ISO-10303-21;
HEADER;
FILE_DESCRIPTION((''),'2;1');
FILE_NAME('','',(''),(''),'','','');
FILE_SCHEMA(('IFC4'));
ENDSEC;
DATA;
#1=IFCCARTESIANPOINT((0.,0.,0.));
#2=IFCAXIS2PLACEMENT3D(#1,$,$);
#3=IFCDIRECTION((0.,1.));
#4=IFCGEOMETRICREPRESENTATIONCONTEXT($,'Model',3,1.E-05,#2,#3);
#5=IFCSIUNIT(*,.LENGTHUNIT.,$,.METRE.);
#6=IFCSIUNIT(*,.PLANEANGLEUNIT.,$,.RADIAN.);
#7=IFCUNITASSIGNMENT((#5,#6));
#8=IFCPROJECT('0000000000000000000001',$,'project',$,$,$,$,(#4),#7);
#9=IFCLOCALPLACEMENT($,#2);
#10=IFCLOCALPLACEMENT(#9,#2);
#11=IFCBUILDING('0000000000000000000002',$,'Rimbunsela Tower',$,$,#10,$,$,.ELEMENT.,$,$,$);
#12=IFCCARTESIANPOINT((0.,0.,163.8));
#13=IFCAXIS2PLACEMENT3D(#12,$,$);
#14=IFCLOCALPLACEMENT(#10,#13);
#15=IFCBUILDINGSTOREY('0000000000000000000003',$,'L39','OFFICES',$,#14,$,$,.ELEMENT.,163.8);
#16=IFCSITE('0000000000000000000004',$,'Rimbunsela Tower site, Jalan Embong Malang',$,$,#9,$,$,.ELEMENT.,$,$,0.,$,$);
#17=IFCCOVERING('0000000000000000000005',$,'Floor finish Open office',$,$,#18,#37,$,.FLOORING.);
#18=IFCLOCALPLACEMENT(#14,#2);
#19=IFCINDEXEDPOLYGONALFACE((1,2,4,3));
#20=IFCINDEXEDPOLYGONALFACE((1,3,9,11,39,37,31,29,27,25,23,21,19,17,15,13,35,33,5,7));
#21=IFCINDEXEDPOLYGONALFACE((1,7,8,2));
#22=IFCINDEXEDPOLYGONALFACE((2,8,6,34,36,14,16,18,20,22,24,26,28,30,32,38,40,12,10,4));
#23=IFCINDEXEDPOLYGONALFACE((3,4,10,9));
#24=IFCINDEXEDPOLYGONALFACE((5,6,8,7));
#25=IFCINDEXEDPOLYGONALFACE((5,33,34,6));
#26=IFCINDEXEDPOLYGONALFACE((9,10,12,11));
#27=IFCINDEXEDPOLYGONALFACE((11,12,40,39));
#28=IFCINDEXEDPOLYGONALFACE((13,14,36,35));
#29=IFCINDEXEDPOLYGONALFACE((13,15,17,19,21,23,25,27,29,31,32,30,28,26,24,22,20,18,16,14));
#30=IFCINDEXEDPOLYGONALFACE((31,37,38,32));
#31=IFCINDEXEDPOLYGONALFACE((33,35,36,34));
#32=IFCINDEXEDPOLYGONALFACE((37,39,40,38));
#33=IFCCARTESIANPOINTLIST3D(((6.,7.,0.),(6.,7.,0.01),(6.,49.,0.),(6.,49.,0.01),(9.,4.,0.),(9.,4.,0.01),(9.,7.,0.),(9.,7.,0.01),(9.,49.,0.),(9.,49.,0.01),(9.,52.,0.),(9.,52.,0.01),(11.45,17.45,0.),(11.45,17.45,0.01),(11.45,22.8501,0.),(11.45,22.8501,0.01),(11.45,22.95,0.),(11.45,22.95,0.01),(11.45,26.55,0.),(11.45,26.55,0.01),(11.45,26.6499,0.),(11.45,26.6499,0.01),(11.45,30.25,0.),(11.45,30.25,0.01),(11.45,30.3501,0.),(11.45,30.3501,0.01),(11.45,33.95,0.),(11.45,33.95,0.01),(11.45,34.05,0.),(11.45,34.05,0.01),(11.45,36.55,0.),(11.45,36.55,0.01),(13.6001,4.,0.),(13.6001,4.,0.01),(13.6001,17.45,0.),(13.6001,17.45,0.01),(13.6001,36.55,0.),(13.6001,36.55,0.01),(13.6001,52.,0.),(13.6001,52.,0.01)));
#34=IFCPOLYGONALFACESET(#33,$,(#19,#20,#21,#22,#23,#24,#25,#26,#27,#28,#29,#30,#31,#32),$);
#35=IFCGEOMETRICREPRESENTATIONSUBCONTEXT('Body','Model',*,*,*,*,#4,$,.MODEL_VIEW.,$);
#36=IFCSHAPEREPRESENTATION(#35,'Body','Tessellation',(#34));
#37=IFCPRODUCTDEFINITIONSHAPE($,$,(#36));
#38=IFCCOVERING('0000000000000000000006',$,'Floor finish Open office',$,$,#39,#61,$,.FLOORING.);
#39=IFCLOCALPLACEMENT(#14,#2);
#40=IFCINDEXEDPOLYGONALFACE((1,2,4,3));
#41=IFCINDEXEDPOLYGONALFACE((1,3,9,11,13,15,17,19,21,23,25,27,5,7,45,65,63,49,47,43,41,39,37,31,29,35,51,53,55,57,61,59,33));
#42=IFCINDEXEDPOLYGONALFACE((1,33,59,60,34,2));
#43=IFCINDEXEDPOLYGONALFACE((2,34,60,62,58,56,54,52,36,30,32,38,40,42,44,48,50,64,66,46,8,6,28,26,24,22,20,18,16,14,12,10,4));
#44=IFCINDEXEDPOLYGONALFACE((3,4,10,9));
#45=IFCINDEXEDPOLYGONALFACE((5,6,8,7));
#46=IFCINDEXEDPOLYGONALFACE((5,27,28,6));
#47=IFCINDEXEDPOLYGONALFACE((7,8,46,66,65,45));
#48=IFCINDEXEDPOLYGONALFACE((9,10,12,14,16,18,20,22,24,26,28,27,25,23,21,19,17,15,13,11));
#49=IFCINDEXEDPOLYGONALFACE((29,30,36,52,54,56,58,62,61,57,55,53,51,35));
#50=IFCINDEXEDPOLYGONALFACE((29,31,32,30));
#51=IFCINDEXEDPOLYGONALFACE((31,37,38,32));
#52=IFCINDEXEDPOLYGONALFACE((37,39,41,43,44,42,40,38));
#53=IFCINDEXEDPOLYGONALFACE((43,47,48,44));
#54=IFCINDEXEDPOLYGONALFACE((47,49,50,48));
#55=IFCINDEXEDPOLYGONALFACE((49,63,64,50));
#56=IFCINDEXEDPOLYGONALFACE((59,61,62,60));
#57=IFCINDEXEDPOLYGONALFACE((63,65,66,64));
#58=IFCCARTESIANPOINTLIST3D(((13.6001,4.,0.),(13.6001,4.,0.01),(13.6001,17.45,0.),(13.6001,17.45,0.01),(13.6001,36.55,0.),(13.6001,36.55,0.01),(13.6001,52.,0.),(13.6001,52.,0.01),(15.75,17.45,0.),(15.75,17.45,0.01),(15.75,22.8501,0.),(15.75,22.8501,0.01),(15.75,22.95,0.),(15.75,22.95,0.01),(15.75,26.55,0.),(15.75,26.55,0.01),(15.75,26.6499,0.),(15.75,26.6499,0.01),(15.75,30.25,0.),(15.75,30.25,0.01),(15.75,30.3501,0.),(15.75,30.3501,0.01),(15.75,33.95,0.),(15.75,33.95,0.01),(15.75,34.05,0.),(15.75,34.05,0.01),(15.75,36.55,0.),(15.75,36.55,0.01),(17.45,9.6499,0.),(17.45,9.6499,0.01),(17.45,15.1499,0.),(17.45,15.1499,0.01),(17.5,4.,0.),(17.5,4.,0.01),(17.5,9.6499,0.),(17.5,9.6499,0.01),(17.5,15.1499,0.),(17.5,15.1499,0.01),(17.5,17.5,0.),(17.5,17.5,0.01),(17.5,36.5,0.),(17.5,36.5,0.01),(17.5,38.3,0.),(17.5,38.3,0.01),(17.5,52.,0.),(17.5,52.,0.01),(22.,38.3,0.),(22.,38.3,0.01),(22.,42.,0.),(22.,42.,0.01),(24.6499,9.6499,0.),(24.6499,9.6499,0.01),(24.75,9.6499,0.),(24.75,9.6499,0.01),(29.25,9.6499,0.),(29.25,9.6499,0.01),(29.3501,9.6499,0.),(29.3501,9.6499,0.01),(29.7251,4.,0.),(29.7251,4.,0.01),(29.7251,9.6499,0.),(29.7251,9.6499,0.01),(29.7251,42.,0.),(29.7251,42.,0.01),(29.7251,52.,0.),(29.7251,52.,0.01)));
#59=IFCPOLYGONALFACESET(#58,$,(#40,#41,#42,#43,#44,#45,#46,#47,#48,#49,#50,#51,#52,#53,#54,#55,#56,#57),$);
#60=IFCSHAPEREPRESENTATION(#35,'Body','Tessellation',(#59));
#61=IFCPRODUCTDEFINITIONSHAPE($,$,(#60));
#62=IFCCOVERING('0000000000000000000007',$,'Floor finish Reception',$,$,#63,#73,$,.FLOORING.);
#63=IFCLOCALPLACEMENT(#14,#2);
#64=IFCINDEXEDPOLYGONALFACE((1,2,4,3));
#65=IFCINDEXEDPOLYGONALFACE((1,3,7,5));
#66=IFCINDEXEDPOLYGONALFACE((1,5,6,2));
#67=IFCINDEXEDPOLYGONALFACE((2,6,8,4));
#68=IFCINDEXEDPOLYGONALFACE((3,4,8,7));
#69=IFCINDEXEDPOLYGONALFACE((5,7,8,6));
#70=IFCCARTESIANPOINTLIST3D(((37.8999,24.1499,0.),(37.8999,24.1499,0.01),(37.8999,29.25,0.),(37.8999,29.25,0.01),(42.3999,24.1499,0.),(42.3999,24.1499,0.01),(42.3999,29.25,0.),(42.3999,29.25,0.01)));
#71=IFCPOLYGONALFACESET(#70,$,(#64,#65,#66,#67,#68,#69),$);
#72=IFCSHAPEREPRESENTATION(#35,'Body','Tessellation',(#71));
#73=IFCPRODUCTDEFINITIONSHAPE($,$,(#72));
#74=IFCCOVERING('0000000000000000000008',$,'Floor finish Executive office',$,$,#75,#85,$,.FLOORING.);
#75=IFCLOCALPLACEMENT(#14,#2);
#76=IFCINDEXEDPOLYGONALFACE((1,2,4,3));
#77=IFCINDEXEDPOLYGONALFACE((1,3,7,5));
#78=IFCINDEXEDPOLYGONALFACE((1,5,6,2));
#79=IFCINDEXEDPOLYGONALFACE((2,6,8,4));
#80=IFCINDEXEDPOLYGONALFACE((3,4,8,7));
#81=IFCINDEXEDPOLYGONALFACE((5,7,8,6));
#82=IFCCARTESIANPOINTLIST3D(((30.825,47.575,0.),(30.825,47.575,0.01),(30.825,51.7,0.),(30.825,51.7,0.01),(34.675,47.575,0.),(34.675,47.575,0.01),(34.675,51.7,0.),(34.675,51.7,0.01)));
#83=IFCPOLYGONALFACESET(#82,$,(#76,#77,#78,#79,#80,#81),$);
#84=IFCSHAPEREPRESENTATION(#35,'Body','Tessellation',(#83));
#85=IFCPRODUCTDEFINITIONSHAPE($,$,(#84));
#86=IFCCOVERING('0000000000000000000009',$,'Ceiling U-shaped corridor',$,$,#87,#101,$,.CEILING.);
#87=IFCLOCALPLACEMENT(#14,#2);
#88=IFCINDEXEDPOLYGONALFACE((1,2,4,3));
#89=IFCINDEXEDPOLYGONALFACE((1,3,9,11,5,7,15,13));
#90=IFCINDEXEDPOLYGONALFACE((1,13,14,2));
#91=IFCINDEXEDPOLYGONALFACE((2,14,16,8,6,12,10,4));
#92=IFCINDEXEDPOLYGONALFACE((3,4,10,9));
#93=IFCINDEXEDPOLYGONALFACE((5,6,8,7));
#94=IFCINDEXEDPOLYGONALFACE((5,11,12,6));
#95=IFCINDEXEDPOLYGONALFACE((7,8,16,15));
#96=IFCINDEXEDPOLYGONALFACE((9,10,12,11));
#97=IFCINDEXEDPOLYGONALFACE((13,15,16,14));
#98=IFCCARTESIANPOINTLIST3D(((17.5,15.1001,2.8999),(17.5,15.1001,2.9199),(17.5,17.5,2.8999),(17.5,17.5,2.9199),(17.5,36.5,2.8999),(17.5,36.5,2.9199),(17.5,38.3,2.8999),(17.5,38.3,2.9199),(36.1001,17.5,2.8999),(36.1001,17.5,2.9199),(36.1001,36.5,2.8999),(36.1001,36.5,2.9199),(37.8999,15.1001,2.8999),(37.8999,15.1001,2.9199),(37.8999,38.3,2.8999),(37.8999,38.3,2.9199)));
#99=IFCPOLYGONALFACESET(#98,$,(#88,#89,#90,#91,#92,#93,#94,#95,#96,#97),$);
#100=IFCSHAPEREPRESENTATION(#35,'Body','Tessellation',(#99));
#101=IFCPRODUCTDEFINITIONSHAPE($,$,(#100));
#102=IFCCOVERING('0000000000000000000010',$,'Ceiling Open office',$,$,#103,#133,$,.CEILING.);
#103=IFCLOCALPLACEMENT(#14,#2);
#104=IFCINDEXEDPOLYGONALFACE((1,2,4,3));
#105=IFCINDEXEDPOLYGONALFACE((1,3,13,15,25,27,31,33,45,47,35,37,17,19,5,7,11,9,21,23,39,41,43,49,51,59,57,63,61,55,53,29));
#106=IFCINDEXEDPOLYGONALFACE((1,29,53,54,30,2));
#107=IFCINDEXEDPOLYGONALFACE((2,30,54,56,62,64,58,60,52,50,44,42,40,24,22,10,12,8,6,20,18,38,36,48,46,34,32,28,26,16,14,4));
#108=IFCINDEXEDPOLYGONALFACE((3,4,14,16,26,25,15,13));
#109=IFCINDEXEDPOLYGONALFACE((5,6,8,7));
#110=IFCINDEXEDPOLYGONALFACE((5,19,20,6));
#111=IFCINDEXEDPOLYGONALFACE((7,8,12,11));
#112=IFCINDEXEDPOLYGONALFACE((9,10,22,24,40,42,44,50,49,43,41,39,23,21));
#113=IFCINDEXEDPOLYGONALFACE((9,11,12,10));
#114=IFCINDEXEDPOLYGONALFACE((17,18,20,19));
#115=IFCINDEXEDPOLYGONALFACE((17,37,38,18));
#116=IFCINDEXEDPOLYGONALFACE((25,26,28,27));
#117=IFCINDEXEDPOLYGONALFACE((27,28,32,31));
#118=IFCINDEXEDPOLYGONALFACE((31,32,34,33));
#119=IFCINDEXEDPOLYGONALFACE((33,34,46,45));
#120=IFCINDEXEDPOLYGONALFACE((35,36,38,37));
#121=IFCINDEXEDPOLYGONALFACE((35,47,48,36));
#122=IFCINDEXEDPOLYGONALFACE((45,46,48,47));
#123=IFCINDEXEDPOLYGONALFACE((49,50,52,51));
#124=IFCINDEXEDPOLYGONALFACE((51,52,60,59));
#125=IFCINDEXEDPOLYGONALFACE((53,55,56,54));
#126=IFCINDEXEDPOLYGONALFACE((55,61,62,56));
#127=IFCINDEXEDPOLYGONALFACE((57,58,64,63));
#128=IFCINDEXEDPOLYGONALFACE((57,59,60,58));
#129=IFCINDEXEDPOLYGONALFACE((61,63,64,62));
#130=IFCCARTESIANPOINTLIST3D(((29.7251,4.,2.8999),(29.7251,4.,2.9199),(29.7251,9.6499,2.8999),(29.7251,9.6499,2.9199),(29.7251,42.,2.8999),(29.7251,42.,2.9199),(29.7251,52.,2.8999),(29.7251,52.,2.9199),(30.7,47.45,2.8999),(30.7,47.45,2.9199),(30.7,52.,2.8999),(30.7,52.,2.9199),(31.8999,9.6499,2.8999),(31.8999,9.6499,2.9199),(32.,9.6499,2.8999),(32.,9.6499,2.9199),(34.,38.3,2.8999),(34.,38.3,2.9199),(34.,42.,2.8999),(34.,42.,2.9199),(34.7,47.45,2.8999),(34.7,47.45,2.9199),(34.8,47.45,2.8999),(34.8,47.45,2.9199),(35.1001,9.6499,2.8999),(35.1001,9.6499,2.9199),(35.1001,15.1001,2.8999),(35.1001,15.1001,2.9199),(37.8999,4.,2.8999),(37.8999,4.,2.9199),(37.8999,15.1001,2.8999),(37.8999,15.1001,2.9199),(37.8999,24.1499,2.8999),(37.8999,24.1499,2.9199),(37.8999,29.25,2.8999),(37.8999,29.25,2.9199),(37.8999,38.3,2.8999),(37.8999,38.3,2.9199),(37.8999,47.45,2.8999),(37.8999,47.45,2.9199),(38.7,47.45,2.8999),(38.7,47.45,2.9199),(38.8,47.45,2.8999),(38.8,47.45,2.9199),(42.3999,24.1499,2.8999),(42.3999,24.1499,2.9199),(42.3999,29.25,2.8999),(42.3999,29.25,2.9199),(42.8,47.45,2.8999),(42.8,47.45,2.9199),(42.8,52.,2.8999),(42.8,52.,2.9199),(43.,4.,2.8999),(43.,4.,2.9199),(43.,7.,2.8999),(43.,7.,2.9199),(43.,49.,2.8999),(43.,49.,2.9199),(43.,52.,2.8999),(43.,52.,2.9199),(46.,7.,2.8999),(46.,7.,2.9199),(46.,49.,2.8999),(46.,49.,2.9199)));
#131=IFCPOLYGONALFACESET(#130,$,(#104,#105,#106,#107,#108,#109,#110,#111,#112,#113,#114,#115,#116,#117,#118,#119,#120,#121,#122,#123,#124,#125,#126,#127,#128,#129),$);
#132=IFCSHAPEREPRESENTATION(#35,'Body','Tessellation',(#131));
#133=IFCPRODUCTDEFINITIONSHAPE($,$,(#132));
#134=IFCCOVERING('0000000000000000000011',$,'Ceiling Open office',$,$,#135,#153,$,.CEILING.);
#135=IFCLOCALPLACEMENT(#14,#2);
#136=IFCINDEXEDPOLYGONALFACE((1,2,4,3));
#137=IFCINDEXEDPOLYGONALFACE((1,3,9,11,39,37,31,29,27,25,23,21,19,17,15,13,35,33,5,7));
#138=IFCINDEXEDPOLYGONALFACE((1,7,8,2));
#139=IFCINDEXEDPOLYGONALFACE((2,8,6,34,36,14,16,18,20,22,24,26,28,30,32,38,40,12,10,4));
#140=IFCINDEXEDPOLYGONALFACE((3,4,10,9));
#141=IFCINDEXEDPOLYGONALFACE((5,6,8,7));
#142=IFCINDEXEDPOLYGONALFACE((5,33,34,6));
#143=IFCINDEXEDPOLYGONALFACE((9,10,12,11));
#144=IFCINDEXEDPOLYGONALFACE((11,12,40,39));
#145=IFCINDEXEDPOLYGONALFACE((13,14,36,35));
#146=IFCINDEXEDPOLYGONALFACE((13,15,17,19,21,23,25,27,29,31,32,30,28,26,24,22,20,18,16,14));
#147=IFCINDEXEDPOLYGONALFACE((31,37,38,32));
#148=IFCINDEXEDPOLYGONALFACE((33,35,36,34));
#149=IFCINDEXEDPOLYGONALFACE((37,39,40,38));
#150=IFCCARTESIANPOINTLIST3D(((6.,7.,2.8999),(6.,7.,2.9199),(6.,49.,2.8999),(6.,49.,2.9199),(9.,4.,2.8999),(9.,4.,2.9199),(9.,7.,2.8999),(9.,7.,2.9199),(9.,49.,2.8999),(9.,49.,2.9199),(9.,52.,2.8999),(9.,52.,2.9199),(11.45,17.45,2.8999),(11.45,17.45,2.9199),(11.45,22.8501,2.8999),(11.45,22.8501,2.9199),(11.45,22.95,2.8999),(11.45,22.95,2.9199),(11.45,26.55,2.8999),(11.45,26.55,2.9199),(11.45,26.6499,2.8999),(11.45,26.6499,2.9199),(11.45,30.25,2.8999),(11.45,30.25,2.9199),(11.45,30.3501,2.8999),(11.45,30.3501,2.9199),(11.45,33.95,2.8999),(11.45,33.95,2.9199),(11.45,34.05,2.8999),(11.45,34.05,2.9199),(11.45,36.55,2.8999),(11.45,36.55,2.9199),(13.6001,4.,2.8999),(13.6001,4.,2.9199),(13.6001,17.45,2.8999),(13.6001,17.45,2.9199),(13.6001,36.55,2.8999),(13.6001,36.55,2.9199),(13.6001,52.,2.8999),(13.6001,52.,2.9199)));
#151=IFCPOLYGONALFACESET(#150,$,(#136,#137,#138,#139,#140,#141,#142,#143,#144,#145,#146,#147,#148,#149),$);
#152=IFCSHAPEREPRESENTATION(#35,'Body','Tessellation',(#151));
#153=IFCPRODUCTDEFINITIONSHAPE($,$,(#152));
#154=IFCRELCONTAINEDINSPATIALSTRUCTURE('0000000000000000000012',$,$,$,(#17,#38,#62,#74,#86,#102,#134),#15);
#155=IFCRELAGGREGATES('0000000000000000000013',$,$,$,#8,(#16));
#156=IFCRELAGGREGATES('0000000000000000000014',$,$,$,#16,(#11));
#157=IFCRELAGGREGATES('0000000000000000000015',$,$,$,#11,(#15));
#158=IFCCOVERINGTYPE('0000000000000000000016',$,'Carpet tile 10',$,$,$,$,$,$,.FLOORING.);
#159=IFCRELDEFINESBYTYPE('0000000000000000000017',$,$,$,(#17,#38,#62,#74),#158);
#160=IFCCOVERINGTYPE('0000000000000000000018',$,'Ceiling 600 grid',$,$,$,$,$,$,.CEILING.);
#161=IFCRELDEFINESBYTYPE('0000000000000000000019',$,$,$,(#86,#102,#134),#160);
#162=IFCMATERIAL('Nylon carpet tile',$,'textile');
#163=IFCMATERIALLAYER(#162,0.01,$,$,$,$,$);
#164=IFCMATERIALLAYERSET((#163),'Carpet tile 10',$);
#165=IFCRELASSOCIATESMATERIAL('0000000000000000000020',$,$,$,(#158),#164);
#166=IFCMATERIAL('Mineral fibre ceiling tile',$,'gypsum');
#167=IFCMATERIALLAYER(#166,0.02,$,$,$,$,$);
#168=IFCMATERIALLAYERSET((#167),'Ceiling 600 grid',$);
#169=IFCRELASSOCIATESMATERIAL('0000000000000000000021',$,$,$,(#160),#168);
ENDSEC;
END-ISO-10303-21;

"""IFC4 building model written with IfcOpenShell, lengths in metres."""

from ifc_helpers import new_model, si_unit, direction, frame, origin, place, context, subcontext, project, spatial, polyline, outline, extrude, material, layer, layer_set, type_object, element, save


model = new_model("IFC4")

# Units and contexts
model_context = context("Model", 3, precision=1e-05, world=origin(), true_north=direction((0.0, 1.0)))
body_context = subcontext(model_context, "Body", "Model", "MODEL_VIEW")
ifc_project = project(units=[si_unit("LENGTHUNIT", "METRE"), si_unit("PLANEANGLEUNIT", "RADIAN")], contexts=[model_context])

# Site, building, storey
site_placement = place(None, origin())
site = spatial("IfcSite", under=ifc_project, at=site_placement, Name="Rimbunsela Tower site, Jalan Embong Malang", CompositionType="ELEMENT", RefElevation=0.0)
building_placement = place(site_placement, origin())
building = spatial("IfcBuilding", under=site, at=building_placement, Name="Rimbunsela Tower", CompositionType="ELEMENT")
storey_placement = place(building_placement, frame((0.0, 0.0, 163.8)))
storey = spatial("IfcBuildingStorey", under=building, at=storey_placement, Name="L39", Description="OFFICES", CompositionType="ELEMENT", Elevation=163.8)

# Coverings
ifc_material_1 = material(Name="Nylon carpet tile", Category="textile")
ifc_layer_1 = layer(ifc_material_1, 0.01)
ifc_layer_set_1 = layer_set([ifc_layer_1], Name="Carpet tile 10")
covering_type_1 = type_object("IfcCoveringType", Name="Carpet tile 10", PredefinedType="FLOORING", material=ifc_layer_set_1)
covering_1_placement = place(storey_placement, origin())
element("IfcCovering", 1, at=covering_1_placement, inside=storey, type_object=covering_type_1, Name="Floor finish Open office", PredefinedType="FLOORING", context=body_context, shape_type="SweptSolid", body=[
    extrude(outline(polyline([(13.6001, 4.0), (9.0, 4.0), (9.0, 7.0), (6.0, 7.0), (6.0, 49.0), (9.0, 49.0), (9.0, 52.0), (13.6001, 52.0), (13.6001, 36.55), (11.45, 36.55), (11.45, 34.05), (11.45, 33.95), (11.45, 30.3501), (11.45, 30.25), (11.45, 26.6499), (11.45, 26.55), (11.45, 22.95), (11.45, 22.8501), (11.45, 17.45), (13.6001, 17.45), (13.6001, 4.0)])), origin(), (0.0, 0.0, 1.0), 0.01),
])
covering_2_placement = place(storey_placement, origin())
element("IfcCovering", 2, at=covering_2_placement, inside=storey, type_object=covering_type_1, Name="Floor finish Open office", PredefinedType="FLOORING", context=body_context, shape_type="SweptSolid", body=[
    extrude(outline(polyline([(17.5, 4.0), (13.6001, 4.0), (13.6001, 17.45), (15.75, 17.45), (15.75, 22.8501), (15.75, 22.95), (15.75, 26.55), (15.75, 26.6499), (15.75, 30.25), (15.75, 30.3501), (15.75, 33.95), (15.75, 34.05), (15.75, 36.55), (13.6001, 36.55), (13.6001, 52.0), (17.5, 52.0), (29.7251, 52.0), (29.7251, 42.0), (22.0, 42.0), (22.0, 38.3), (17.5, 38.3), (17.5, 36.5), (17.5, 17.5), (17.5, 15.1499), (17.45, 15.1499), (17.45, 9.6499), (17.5, 9.6499), (24.6499, 9.6499), (24.75, 9.6499), (29.25, 9.6499), (29.3501, 9.6499), (29.7251, 9.6499), (29.7251, 4.0), (17.5, 4.0)])), origin(), (0.0, 0.0, 1.0), 0.01),
])
covering_3_placement = place(storey_placement, origin())
element("IfcCovering", 3, at=covering_3_placement, inside=storey, type_object=covering_type_1, Name="Floor finish Reception", PredefinedType="FLOORING", context=body_context, shape_type="SweptSolid", body=[
    extrude(outline(polyline([(42.3999, 24.1499), (42.3999, 29.25), (37.8999, 29.25), (37.8999, 24.1499), (42.3999, 24.1499)])), origin(), (0.0, 0.0, 1.0), 0.01),
])
covering_4_placement = place(storey_placement, origin())
element("IfcCovering", 4, at=covering_4_placement, inside=storey, type_object=covering_type_1, Name="Floor finish Executive office", PredefinedType="FLOORING", context=body_context, shape_type="SweptSolid", body=[
    extrude(outline(polyline([(34.675, 47.575), (34.675, 51.7), (30.825, 51.7), (30.825, 47.575), (34.675, 47.575)])), origin(), (0.0, 0.0, 1.0), 0.01),
])
ifc_material_2 = material(Name="Mineral fibre ceiling tile", Category="gypsum")
ifc_layer_2 = layer(ifc_material_2, 0.02)
ifc_layer_set_2 = layer_set([ifc_layer_2], Name="Ceiling 600 grid")
covering_type_2 = type_object("IfcCoveringType", Name="Ceiling 600 grid", PredefinedType="CEILING", material=ifc_layer_set_2)
covering_5_placement = place(storey_placement, frame((0.0, 0.0, 2.8999)))
element("IfcCovering", 5, at=covering_5_placement, inside=storey, type_object=covering_type_2, Name="Ceiling U-shaped corridor", PredefinedType="CEILING", context=body_context, shape_type="SweptSolid", body=[
    extrude(outline(polyline([(37.8999, 38.3), (37.8999, 15.1001), (17.5, 15.1001), (17.5, 17.5), (36.1001, 17.5), (36.1001, 36.5), (17.5, 36.5), (17.5, 38.3), (37.8999, 38.3)])), origin(), (0.0, 0.0, 1.0), 0.02),
])
covering_6_placement = place(storey_placement, frame((0.0, 0.0, 2.8999)))
element("IfcCovering", 6, at=covering_6_placement, inside=storey, type_object=covering_type_2, Name="Ceiling Open office", PredefinedType="CEILING", context=body_context, shape_type="SweptSolid", body=[
    extrude(outline(polyline([(29.7251, 52.0), (30.7, 52.0), (30.7, 47.45), (34.7, 47.45), (34.8, 47.45), (37.8999, 47.45), (38.7, 47.45), (38.8, 47.45), (42.8, 47.45), (42.8, 52.0), (43.0, 52.0), (43.0, 49.0), (46.0, 49.0), (46.0, 7.0), (43.0, 7.0), (43.0, 4.0), (37.8999, 4.0), (29.7251, 4.0), (29.7251, 9.6499), (31.8999, 9.6499), (32.0, 9.6499), (35.1001, 9.6499), (35.1001, 15.1001), (37.8999, 15.1001), (37.8999, 24.1499), (42.3999, 24.1499), (42.3999, 29.25), (37.8999, 29.25), (37.8999, 38.3), (34.0, 38.3), (34.0, 42.0), (29.7251, 42.0), (29.7251, 52.0)])), origin(), (0.0, 0.0, 1.0), 0.02),
])
covering_7_placement = place(storey_placement, frame((0.0, 0.0, 2.8999)))
element("IfcCovering", 7, at=covering_7_placement, inside=storey, type_object=covering_type_2, Name="Ceiling Open office", PredefinedType="CEILING", context=body_context, shape_type="SweptSolid", body=[
    extrude(outline(polyline([(13.6001, 4.0), (9.0, 4.0), (9.0, 7.0), (6.0, 7.0), (6.0, 49.0), (9.0, 49.0), (9.0, 52.0), (13.6001, 52.0), (13.6001, 36.55), (11.45, 36.55), (11.45, 34.05), (11.45, 33.95), (11.45, 30.3501), (11.45, 30.25), (11.45, 26.6499), (11.45, 26.55), (11.45, 22.95), (11.45, 22.8501), (11.45, 17.45), (13.6001, 17.45), (13.6001, 4.0)])), origin(), (0.0, 0.0, 1.0), 0.02),
])

save(model, "model.ifc")
